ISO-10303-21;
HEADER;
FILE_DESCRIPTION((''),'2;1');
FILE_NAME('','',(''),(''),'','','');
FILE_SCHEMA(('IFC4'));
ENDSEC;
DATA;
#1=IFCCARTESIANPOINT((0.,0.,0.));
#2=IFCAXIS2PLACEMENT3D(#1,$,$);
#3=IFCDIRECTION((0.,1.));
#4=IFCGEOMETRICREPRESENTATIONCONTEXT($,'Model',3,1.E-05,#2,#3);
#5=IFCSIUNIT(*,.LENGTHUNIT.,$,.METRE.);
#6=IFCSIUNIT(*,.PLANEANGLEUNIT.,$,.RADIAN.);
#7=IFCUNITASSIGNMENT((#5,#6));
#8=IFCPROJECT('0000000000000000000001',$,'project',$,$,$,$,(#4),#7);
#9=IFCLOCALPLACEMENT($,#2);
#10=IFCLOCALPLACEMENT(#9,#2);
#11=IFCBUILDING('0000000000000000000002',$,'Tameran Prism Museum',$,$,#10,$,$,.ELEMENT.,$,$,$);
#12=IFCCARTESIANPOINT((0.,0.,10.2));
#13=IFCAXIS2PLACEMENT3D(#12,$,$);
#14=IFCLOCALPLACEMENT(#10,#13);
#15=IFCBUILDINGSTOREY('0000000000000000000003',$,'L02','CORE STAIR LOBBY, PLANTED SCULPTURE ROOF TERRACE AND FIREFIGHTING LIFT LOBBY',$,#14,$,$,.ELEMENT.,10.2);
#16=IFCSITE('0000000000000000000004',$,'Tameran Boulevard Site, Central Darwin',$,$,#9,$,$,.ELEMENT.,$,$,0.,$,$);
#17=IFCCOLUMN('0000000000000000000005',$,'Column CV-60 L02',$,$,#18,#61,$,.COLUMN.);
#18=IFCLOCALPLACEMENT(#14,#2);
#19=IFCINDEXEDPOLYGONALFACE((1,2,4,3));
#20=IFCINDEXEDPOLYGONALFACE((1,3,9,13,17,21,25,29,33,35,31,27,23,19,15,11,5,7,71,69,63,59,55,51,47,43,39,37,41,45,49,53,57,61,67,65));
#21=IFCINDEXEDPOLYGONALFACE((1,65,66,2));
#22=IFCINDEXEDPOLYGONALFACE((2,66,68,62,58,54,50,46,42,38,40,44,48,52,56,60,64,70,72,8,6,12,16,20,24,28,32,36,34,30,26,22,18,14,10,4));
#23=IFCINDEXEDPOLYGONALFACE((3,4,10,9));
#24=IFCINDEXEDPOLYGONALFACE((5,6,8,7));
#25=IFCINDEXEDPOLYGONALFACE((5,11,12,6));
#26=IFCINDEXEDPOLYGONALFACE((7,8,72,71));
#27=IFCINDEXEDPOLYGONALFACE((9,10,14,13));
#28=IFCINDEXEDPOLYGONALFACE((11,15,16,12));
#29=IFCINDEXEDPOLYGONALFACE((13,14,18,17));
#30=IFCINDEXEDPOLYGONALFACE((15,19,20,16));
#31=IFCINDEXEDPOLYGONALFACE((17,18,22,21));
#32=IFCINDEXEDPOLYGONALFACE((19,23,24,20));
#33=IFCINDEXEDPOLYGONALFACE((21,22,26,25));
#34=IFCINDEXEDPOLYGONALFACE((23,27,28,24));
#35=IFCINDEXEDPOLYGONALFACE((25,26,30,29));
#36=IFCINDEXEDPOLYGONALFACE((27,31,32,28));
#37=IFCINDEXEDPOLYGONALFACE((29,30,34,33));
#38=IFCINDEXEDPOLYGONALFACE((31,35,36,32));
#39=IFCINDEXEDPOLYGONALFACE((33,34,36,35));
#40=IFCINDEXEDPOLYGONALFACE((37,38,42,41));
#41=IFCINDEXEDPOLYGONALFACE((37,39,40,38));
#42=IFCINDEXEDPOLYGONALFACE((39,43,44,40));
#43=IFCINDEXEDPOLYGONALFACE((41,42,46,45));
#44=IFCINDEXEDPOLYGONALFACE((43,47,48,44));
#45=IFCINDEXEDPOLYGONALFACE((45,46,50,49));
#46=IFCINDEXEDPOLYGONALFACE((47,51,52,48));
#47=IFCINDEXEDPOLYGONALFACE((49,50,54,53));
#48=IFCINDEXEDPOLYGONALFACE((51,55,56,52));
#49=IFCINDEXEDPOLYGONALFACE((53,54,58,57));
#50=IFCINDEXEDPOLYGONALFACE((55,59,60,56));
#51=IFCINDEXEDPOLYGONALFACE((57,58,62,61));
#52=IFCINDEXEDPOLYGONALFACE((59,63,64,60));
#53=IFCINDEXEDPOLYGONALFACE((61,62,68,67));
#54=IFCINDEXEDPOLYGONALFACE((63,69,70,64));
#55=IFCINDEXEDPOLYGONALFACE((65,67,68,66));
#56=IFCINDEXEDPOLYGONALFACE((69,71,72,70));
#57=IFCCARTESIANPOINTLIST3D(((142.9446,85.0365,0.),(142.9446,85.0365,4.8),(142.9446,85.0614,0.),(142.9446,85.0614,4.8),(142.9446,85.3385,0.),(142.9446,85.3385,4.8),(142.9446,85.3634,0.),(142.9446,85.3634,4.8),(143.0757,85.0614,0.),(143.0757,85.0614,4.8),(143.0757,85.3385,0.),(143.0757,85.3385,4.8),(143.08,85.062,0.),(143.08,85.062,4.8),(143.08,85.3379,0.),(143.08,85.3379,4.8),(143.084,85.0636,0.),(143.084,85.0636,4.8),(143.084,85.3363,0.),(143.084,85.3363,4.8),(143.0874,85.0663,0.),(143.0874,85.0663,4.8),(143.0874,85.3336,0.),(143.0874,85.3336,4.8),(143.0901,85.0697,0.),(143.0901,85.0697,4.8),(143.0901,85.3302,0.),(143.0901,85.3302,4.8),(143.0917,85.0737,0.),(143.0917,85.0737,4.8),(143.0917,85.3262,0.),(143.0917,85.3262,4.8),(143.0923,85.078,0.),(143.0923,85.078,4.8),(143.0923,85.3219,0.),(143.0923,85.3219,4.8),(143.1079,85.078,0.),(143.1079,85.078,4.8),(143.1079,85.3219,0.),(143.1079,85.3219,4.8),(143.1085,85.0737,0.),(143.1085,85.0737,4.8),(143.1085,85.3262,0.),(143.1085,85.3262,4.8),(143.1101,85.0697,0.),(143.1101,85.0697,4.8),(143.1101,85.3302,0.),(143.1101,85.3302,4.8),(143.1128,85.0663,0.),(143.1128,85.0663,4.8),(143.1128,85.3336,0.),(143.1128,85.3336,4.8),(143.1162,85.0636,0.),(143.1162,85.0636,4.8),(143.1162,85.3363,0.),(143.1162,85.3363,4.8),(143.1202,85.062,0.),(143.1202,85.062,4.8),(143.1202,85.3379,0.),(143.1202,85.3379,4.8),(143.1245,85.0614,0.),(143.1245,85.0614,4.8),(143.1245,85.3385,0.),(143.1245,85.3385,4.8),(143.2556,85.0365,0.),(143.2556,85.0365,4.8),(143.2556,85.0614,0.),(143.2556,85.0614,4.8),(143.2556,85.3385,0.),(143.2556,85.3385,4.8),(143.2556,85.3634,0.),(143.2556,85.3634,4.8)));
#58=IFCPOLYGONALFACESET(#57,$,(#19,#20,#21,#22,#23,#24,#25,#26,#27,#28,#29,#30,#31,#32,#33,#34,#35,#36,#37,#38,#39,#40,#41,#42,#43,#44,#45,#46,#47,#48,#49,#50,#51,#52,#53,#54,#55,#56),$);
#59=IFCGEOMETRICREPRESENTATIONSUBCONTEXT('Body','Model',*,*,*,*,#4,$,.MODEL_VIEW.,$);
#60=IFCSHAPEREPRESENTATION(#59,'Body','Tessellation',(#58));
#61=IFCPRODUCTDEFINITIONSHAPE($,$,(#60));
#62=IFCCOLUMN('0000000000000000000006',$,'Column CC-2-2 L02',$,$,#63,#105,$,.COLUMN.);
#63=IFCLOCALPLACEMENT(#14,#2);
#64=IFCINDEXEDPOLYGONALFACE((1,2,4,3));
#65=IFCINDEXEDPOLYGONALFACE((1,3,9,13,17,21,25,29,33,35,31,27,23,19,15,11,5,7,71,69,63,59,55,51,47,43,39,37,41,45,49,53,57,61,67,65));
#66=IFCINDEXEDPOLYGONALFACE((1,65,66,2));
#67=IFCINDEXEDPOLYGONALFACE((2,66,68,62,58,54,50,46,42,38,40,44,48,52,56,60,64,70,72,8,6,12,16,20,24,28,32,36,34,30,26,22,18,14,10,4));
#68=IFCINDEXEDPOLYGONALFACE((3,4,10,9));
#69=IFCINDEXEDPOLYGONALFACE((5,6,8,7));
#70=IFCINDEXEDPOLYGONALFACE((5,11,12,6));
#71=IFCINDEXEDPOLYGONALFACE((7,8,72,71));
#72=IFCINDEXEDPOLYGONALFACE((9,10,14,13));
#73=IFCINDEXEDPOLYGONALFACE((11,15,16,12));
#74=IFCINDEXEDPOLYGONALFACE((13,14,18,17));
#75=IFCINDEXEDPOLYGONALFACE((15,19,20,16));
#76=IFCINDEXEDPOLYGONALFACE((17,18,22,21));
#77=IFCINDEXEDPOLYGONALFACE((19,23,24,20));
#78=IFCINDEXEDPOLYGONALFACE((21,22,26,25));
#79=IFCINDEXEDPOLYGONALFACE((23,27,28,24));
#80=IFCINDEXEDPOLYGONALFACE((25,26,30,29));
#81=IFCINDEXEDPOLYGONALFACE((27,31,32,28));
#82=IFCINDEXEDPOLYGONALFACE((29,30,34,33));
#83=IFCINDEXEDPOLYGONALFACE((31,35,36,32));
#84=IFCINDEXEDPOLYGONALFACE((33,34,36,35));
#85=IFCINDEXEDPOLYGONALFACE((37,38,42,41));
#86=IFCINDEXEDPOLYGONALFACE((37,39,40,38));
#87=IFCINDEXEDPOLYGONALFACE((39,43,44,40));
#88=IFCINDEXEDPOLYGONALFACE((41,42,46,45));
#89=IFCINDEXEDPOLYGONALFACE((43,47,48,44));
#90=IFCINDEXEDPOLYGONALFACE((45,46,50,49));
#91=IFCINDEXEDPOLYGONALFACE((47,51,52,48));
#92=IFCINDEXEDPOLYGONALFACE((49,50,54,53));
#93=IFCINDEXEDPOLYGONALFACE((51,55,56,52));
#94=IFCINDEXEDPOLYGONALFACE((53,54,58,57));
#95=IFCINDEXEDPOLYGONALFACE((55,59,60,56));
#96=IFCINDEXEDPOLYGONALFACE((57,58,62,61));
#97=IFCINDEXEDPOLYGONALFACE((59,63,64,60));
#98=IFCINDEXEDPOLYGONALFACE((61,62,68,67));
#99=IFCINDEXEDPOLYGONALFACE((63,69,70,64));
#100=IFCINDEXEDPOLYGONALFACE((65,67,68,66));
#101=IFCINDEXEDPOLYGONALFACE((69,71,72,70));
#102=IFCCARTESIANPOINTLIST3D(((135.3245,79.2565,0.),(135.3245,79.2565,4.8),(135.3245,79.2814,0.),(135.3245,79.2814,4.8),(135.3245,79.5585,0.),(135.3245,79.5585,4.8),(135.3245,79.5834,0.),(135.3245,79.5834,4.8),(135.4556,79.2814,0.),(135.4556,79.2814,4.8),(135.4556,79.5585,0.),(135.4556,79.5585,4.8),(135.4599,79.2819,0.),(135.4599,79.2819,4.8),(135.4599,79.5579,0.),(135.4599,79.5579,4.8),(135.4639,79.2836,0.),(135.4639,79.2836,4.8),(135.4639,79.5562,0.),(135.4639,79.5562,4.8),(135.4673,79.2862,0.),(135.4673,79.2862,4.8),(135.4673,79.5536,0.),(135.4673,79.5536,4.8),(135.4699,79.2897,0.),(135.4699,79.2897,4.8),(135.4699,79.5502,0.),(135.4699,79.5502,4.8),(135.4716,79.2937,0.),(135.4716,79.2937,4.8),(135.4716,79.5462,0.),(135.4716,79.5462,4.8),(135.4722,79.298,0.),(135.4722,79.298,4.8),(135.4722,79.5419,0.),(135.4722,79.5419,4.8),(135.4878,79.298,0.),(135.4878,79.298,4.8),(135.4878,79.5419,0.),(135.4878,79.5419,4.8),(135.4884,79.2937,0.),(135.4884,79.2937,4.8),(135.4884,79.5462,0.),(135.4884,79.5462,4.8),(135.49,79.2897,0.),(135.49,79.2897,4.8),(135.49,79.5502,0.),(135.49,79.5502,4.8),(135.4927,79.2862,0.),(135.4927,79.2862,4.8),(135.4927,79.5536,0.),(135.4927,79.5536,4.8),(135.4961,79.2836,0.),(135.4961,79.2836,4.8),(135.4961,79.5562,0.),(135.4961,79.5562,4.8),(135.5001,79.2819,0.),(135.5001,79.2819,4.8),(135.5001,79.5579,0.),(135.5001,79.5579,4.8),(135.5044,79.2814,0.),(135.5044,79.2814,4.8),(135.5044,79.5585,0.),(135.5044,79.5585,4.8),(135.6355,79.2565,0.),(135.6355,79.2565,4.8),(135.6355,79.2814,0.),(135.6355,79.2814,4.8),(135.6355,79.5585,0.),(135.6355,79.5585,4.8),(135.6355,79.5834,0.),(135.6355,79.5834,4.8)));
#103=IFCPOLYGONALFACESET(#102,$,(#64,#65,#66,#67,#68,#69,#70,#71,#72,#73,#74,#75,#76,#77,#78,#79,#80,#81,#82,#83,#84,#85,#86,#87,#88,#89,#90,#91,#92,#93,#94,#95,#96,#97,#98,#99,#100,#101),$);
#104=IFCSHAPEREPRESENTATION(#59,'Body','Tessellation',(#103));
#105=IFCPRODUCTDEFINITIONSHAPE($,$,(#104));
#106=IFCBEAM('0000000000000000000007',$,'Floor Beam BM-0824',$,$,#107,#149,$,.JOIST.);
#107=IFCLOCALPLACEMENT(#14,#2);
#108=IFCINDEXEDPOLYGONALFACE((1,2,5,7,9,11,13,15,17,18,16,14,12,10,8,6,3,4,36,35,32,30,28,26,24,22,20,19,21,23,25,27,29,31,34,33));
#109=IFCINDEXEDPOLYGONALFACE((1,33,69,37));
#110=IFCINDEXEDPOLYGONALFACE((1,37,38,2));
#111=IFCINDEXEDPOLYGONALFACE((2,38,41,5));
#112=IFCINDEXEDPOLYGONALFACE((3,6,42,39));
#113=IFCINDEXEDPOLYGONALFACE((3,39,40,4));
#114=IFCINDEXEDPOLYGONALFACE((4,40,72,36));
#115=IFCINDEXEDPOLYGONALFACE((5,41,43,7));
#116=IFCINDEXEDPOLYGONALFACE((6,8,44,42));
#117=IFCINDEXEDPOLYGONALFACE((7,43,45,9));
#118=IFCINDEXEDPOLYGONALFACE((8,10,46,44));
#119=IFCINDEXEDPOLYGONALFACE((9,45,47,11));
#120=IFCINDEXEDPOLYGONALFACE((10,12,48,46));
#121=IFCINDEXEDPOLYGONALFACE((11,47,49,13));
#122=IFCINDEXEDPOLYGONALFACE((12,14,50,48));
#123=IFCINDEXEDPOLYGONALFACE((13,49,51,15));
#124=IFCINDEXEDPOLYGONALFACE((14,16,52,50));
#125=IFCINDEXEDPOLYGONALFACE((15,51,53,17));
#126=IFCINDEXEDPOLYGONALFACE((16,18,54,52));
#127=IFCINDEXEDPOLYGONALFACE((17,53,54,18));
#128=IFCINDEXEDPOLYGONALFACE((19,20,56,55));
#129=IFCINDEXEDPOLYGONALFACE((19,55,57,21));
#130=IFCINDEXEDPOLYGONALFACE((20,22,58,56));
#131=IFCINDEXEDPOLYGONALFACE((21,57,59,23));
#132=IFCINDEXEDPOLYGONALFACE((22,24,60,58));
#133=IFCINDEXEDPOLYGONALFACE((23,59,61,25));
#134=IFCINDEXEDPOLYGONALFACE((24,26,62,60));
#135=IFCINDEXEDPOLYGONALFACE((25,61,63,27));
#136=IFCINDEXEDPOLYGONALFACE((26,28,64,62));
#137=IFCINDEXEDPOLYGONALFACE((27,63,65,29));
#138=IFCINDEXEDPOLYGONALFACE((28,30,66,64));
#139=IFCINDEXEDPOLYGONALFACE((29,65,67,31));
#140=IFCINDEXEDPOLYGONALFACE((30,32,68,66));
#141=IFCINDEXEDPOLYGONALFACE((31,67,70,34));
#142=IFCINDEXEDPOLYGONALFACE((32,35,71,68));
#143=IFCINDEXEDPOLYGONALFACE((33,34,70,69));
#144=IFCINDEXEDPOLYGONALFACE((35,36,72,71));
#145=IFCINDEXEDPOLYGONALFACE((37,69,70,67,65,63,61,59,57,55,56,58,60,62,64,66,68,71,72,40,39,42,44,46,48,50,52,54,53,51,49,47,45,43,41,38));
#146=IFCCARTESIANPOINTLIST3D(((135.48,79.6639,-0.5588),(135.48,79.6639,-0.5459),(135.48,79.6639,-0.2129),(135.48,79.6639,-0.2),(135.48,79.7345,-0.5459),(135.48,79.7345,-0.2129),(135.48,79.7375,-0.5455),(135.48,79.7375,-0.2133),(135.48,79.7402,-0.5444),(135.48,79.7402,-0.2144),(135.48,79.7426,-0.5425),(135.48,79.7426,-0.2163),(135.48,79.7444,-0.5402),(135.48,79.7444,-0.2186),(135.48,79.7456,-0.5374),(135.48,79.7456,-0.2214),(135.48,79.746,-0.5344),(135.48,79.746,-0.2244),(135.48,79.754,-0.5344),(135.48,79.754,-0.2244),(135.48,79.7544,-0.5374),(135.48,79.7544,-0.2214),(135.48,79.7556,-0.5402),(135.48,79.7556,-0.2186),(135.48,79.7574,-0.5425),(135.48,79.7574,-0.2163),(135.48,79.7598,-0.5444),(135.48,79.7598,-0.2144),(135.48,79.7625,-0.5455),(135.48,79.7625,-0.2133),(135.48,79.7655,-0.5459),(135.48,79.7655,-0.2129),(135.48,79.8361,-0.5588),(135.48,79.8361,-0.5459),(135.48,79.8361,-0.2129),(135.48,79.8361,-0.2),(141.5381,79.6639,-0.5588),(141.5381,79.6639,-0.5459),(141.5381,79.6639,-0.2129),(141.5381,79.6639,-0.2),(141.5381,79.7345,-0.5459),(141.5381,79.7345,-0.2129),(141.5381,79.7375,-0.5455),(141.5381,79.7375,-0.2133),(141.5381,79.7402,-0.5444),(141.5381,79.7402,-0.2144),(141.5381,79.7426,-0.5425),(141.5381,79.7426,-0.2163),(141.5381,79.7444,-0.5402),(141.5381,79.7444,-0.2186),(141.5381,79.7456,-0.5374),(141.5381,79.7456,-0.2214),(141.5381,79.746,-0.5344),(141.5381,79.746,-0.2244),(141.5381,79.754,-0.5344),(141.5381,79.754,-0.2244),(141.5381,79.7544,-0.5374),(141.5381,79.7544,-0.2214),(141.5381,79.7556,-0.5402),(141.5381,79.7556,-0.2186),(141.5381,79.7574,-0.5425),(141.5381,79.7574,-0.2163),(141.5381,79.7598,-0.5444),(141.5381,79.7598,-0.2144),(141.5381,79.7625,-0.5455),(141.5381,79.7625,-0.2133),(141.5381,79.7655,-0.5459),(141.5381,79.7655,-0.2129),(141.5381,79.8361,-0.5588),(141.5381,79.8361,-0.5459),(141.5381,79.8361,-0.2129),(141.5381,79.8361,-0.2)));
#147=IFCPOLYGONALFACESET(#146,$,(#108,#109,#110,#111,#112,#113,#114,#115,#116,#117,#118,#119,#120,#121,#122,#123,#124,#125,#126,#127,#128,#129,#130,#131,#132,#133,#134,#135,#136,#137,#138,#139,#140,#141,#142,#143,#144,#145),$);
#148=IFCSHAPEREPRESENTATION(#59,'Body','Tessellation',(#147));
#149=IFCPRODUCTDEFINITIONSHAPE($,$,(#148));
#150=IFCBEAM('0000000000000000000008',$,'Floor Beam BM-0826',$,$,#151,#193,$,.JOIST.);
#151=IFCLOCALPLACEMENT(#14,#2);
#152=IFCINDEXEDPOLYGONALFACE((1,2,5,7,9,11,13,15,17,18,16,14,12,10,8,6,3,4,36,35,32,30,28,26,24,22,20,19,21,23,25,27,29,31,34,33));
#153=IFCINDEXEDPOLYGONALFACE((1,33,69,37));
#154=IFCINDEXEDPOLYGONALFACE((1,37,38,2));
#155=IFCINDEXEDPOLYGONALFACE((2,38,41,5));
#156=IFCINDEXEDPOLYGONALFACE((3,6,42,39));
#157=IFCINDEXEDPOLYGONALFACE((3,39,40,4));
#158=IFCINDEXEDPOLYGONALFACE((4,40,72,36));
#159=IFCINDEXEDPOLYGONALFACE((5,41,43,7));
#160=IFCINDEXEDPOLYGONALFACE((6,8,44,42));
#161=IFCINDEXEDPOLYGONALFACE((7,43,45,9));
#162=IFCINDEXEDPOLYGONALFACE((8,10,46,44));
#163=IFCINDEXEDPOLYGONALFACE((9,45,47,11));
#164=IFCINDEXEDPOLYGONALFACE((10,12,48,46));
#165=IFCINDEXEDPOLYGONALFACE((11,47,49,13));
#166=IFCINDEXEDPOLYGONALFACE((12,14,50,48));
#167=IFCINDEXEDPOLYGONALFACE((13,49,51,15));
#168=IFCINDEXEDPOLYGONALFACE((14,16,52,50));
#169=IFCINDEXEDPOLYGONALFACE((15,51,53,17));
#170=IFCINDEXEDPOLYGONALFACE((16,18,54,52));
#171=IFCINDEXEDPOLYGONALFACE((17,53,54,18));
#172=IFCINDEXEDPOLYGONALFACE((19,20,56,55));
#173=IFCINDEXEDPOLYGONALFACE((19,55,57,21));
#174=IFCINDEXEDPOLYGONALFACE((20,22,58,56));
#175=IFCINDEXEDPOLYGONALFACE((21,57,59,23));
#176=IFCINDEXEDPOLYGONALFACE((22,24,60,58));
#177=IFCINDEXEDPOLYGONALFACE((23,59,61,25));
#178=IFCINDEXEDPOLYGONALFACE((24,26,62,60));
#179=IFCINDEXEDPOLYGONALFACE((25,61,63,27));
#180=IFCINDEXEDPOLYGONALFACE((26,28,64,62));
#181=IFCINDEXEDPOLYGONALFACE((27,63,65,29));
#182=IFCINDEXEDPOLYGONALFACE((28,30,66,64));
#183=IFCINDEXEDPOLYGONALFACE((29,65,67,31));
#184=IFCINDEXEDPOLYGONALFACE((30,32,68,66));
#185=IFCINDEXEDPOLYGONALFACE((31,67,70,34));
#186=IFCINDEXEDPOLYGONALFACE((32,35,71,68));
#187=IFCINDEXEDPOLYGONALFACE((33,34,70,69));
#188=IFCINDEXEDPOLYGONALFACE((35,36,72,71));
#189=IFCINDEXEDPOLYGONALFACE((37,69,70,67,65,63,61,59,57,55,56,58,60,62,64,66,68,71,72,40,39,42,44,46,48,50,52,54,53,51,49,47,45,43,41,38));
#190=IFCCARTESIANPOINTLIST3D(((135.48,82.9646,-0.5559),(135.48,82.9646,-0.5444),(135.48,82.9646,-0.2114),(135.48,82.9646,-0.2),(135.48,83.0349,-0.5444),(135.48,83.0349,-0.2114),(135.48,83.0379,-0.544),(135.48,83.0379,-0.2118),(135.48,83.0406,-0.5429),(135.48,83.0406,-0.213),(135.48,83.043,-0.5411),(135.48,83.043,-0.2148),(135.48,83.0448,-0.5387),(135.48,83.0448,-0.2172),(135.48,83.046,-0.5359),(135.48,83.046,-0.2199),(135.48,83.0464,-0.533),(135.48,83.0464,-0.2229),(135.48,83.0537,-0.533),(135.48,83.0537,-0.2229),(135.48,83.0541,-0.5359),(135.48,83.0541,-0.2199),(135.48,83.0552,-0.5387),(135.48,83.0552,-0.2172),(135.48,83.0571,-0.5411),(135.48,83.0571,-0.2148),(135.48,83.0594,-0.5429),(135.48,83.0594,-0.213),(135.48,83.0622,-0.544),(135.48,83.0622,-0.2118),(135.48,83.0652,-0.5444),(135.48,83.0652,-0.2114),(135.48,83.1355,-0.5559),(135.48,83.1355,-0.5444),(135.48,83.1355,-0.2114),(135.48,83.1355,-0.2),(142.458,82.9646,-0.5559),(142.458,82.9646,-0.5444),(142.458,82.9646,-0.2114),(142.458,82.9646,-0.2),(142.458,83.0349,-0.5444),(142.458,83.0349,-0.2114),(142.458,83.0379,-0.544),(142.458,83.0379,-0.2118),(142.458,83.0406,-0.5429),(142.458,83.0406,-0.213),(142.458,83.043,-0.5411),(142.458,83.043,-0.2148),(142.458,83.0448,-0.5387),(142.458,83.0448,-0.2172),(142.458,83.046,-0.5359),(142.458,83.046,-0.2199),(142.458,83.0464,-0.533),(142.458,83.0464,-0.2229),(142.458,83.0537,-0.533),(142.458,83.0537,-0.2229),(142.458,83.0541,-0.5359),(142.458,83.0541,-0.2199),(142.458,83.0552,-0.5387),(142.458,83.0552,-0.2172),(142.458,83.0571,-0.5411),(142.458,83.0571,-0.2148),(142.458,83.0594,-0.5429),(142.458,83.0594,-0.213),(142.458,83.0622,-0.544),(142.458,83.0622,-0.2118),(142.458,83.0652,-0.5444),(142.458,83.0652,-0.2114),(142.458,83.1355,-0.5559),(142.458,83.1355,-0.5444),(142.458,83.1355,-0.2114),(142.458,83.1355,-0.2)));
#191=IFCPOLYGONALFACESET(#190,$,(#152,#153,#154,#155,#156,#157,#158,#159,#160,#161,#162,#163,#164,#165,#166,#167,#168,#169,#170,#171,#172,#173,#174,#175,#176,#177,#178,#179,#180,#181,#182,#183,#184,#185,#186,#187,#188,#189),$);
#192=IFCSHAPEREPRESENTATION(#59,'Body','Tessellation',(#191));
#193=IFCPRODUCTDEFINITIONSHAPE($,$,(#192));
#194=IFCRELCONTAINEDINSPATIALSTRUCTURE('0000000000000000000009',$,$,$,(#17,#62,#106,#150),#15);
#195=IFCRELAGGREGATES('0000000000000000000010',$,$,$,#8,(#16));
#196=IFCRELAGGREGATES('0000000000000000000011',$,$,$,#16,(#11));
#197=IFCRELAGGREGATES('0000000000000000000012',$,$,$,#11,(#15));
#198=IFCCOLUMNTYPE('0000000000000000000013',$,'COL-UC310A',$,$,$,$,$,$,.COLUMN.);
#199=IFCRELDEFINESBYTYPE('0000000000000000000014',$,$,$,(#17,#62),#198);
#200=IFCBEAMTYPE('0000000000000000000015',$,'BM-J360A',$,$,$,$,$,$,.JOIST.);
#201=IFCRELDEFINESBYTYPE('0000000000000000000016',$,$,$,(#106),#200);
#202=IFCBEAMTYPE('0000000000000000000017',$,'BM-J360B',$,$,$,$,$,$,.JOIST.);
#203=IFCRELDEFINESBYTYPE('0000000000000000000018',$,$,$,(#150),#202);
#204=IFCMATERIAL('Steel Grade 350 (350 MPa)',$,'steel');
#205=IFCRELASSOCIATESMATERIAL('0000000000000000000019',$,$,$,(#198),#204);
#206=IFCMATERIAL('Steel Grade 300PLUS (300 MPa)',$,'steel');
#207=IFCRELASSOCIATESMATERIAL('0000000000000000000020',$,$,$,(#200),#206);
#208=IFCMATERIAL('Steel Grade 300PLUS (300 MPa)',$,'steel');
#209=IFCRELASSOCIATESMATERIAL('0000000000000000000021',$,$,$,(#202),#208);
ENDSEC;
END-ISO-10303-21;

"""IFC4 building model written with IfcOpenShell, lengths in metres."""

from ifc_helpers import new_model, si_unit, direction, frame, origin, origin_2d, place, context, subcontext, project, spatial, i_section, extrude, material, material_profile, profile_set, type_object, element, save


model = new_model("IFC4")

# Units and contexts
model_context = context("Model", 3, precision=1e-05, world=origin(), true_north=direction((0.0, 1.0)))
body_context = subcontext(model_context, "Body", "Model", "MODEL_VIEW")
ifc_project = project(units=[si_unit("LENGTHUNIT", "METRE"), si_unit("PLANEANGLEUNIT", "RADIAN")], contexts=[model_context])

# Site, building, storey
site_placement = place(None, origin())
site = spatial("IfcSite", under=ifc_project, at=site_placement, Name="Tameran Boulevard Site, Central Darwin", CompositionType="ELEMENT", RefElevation=0.0)
building_placement = place(site_placement, origin())
building = spatial("IfcBuilding", under=site, at=building_placement, Name="Tameran Prism Museum", CompositionType="ELEMENT")
storey_placement = place(building_placement, frame((0.0, 0.0, 10.2)))
storey = spatial("IfcBuildingStorey", under=building, at=storey_placement, Name="L02", Description="CORE STAIR LOBBY, PLANTED SCULPTURE ROOF TERRACE AND FIREFIGHTING LIFT LOBBY", CompositionType="ELEMENT", Elevation=10.2)

# Columns
ifc_material_1 = material(Name="Steel Grade 350 (350 MPa)", Category="steel")
ifc_material_profile_1 = material_profile(ifc_material_1, i_section(OverallWidth=0.311, OverallDepth=0.3269, WebThickness=0.0156, FlangeThickness=0.0249, FilletRadius=0.0166, at=origin_2d()))
ifc_profile_set_1 = profile_set([ifc_material_profile_1])
column_type = type_object("IfcColumnType", Name="COL-UC310A", PredefinedType="COLUMN", material=ifc_profile_set_1)
for number, where, z_axis, x_axis, name in (
    (1, (143.1001, 85.2, 0.0), (0.0, 0.0, 1.0), (1.0, 0.0, 0.0), "Column CV-60 L02"),
    (2, (135.48, 79.4199, 0.0), (0.0, 0.0, 1.0), (1.0, 0.0, 0.0), "Column CC-2-2 L02"),
):
    element("IfcColumn", number, at=place(storey_placement, frame(where, z_axis=z_axis, x_axis=x_axis)), inside=storey, type_object=column_type, Name=name, PredefinedType="COLUMN", context=body_context, shape_type="SweptSolid", body=[
        extrude(i_section(OverallWidth=0.311, OverallDepth=0.3269, WebThickness=0.0156, FlangeThickness=0.0249, FilletRadius=0.0166, at=origin_2d()), origin(), (0.0, 0.0, 1.0), 4.8),
    ])

# Beams
ifc_material_2 = material(Name="Steel Grade 300PLUS (300 MPa)", Category="steel")
ifc_material_profile_2 = material_profile(ifc_material_2, i_section(OverallWidth=0.1721, OverallDepth=0.3589, WebThickness=0.0081, FlangeThickness=0.0129, FilletRadius=0.0115, at=origin_2d()))
ifc_profile_set_2 = profile_set([ifc_material_profile_2])
beam_type_1 = type_object("IfcBeamType", Name="BM-J360A", PredefinedType="JOIST", material=ifc_profile_set_2)
beam_1_placement = place(storey_placement, frame((135.48, 79.75, -0.3794), z_axis=(1.0, 0.0, 0.0), x_axis=(0.0, 1.0, 0.0)))
element("IfcBeam", 3, at=beam_1_placement, inside=storey, type_object=beam_type_1, Name="Floor Beam BM-0824", PredefinedType="JOIST", context=body_context, shape_type="SweptSolid", body=[
    extrude(i_section(OverallWidth=0.1721, OverallDepth=0.3589, WebThickness=0.0081, FlangeThickness=0.0129, FilletRadius=0.0115, at=origin_2d()), origin(), (0.0, 0.0, 1.0), 6.0581),
])
ifc_material_3 = material(Name="Steel Grade 300PLUS (300 MPa)", Category="steel")
ifc_material_profile_3 = material_profile(ifc_material_3, i_section(OverallWidth=0.1709, OverallDepth=0.356, WebThickness=0.0073, FlangeThickness=0.0115, FilletRadius=0.0115, at=origin_2d()))
ifc_profile_set_3 = profile_set([ifc_material_profile_3])
beam_type_2 = type_object("IfcBeamType", Name="BM-J360B", PredefinedType="JOIST", material=ifc_profile_set_3)
beam_2_placement = place(storey_placement, frame((135.48, 83.05, -0.3779), z_axis=(1.0, 0.0, 0.0), x_axis=(0.0, 1.0, 0.0)))
element("IfcBeam", 4, at=beam_2_placement, inside=storey, type_object=beam_type_2, Name="Floor Beam BM-0826", PredefinedType="JOIST", context=body_context, shape_type="SweptSolid", body=[
    extrude(i_section(OverallWidth=0.1709, OverallDepth=0.356, WebThickness=0.0073, FlangeThickness=0.0115, FilletRadius=0.0115, at=origin_2d()), origin(), (0.0, 0.0, 1.0), 6.978),
])

save(model, "model.ifc")
